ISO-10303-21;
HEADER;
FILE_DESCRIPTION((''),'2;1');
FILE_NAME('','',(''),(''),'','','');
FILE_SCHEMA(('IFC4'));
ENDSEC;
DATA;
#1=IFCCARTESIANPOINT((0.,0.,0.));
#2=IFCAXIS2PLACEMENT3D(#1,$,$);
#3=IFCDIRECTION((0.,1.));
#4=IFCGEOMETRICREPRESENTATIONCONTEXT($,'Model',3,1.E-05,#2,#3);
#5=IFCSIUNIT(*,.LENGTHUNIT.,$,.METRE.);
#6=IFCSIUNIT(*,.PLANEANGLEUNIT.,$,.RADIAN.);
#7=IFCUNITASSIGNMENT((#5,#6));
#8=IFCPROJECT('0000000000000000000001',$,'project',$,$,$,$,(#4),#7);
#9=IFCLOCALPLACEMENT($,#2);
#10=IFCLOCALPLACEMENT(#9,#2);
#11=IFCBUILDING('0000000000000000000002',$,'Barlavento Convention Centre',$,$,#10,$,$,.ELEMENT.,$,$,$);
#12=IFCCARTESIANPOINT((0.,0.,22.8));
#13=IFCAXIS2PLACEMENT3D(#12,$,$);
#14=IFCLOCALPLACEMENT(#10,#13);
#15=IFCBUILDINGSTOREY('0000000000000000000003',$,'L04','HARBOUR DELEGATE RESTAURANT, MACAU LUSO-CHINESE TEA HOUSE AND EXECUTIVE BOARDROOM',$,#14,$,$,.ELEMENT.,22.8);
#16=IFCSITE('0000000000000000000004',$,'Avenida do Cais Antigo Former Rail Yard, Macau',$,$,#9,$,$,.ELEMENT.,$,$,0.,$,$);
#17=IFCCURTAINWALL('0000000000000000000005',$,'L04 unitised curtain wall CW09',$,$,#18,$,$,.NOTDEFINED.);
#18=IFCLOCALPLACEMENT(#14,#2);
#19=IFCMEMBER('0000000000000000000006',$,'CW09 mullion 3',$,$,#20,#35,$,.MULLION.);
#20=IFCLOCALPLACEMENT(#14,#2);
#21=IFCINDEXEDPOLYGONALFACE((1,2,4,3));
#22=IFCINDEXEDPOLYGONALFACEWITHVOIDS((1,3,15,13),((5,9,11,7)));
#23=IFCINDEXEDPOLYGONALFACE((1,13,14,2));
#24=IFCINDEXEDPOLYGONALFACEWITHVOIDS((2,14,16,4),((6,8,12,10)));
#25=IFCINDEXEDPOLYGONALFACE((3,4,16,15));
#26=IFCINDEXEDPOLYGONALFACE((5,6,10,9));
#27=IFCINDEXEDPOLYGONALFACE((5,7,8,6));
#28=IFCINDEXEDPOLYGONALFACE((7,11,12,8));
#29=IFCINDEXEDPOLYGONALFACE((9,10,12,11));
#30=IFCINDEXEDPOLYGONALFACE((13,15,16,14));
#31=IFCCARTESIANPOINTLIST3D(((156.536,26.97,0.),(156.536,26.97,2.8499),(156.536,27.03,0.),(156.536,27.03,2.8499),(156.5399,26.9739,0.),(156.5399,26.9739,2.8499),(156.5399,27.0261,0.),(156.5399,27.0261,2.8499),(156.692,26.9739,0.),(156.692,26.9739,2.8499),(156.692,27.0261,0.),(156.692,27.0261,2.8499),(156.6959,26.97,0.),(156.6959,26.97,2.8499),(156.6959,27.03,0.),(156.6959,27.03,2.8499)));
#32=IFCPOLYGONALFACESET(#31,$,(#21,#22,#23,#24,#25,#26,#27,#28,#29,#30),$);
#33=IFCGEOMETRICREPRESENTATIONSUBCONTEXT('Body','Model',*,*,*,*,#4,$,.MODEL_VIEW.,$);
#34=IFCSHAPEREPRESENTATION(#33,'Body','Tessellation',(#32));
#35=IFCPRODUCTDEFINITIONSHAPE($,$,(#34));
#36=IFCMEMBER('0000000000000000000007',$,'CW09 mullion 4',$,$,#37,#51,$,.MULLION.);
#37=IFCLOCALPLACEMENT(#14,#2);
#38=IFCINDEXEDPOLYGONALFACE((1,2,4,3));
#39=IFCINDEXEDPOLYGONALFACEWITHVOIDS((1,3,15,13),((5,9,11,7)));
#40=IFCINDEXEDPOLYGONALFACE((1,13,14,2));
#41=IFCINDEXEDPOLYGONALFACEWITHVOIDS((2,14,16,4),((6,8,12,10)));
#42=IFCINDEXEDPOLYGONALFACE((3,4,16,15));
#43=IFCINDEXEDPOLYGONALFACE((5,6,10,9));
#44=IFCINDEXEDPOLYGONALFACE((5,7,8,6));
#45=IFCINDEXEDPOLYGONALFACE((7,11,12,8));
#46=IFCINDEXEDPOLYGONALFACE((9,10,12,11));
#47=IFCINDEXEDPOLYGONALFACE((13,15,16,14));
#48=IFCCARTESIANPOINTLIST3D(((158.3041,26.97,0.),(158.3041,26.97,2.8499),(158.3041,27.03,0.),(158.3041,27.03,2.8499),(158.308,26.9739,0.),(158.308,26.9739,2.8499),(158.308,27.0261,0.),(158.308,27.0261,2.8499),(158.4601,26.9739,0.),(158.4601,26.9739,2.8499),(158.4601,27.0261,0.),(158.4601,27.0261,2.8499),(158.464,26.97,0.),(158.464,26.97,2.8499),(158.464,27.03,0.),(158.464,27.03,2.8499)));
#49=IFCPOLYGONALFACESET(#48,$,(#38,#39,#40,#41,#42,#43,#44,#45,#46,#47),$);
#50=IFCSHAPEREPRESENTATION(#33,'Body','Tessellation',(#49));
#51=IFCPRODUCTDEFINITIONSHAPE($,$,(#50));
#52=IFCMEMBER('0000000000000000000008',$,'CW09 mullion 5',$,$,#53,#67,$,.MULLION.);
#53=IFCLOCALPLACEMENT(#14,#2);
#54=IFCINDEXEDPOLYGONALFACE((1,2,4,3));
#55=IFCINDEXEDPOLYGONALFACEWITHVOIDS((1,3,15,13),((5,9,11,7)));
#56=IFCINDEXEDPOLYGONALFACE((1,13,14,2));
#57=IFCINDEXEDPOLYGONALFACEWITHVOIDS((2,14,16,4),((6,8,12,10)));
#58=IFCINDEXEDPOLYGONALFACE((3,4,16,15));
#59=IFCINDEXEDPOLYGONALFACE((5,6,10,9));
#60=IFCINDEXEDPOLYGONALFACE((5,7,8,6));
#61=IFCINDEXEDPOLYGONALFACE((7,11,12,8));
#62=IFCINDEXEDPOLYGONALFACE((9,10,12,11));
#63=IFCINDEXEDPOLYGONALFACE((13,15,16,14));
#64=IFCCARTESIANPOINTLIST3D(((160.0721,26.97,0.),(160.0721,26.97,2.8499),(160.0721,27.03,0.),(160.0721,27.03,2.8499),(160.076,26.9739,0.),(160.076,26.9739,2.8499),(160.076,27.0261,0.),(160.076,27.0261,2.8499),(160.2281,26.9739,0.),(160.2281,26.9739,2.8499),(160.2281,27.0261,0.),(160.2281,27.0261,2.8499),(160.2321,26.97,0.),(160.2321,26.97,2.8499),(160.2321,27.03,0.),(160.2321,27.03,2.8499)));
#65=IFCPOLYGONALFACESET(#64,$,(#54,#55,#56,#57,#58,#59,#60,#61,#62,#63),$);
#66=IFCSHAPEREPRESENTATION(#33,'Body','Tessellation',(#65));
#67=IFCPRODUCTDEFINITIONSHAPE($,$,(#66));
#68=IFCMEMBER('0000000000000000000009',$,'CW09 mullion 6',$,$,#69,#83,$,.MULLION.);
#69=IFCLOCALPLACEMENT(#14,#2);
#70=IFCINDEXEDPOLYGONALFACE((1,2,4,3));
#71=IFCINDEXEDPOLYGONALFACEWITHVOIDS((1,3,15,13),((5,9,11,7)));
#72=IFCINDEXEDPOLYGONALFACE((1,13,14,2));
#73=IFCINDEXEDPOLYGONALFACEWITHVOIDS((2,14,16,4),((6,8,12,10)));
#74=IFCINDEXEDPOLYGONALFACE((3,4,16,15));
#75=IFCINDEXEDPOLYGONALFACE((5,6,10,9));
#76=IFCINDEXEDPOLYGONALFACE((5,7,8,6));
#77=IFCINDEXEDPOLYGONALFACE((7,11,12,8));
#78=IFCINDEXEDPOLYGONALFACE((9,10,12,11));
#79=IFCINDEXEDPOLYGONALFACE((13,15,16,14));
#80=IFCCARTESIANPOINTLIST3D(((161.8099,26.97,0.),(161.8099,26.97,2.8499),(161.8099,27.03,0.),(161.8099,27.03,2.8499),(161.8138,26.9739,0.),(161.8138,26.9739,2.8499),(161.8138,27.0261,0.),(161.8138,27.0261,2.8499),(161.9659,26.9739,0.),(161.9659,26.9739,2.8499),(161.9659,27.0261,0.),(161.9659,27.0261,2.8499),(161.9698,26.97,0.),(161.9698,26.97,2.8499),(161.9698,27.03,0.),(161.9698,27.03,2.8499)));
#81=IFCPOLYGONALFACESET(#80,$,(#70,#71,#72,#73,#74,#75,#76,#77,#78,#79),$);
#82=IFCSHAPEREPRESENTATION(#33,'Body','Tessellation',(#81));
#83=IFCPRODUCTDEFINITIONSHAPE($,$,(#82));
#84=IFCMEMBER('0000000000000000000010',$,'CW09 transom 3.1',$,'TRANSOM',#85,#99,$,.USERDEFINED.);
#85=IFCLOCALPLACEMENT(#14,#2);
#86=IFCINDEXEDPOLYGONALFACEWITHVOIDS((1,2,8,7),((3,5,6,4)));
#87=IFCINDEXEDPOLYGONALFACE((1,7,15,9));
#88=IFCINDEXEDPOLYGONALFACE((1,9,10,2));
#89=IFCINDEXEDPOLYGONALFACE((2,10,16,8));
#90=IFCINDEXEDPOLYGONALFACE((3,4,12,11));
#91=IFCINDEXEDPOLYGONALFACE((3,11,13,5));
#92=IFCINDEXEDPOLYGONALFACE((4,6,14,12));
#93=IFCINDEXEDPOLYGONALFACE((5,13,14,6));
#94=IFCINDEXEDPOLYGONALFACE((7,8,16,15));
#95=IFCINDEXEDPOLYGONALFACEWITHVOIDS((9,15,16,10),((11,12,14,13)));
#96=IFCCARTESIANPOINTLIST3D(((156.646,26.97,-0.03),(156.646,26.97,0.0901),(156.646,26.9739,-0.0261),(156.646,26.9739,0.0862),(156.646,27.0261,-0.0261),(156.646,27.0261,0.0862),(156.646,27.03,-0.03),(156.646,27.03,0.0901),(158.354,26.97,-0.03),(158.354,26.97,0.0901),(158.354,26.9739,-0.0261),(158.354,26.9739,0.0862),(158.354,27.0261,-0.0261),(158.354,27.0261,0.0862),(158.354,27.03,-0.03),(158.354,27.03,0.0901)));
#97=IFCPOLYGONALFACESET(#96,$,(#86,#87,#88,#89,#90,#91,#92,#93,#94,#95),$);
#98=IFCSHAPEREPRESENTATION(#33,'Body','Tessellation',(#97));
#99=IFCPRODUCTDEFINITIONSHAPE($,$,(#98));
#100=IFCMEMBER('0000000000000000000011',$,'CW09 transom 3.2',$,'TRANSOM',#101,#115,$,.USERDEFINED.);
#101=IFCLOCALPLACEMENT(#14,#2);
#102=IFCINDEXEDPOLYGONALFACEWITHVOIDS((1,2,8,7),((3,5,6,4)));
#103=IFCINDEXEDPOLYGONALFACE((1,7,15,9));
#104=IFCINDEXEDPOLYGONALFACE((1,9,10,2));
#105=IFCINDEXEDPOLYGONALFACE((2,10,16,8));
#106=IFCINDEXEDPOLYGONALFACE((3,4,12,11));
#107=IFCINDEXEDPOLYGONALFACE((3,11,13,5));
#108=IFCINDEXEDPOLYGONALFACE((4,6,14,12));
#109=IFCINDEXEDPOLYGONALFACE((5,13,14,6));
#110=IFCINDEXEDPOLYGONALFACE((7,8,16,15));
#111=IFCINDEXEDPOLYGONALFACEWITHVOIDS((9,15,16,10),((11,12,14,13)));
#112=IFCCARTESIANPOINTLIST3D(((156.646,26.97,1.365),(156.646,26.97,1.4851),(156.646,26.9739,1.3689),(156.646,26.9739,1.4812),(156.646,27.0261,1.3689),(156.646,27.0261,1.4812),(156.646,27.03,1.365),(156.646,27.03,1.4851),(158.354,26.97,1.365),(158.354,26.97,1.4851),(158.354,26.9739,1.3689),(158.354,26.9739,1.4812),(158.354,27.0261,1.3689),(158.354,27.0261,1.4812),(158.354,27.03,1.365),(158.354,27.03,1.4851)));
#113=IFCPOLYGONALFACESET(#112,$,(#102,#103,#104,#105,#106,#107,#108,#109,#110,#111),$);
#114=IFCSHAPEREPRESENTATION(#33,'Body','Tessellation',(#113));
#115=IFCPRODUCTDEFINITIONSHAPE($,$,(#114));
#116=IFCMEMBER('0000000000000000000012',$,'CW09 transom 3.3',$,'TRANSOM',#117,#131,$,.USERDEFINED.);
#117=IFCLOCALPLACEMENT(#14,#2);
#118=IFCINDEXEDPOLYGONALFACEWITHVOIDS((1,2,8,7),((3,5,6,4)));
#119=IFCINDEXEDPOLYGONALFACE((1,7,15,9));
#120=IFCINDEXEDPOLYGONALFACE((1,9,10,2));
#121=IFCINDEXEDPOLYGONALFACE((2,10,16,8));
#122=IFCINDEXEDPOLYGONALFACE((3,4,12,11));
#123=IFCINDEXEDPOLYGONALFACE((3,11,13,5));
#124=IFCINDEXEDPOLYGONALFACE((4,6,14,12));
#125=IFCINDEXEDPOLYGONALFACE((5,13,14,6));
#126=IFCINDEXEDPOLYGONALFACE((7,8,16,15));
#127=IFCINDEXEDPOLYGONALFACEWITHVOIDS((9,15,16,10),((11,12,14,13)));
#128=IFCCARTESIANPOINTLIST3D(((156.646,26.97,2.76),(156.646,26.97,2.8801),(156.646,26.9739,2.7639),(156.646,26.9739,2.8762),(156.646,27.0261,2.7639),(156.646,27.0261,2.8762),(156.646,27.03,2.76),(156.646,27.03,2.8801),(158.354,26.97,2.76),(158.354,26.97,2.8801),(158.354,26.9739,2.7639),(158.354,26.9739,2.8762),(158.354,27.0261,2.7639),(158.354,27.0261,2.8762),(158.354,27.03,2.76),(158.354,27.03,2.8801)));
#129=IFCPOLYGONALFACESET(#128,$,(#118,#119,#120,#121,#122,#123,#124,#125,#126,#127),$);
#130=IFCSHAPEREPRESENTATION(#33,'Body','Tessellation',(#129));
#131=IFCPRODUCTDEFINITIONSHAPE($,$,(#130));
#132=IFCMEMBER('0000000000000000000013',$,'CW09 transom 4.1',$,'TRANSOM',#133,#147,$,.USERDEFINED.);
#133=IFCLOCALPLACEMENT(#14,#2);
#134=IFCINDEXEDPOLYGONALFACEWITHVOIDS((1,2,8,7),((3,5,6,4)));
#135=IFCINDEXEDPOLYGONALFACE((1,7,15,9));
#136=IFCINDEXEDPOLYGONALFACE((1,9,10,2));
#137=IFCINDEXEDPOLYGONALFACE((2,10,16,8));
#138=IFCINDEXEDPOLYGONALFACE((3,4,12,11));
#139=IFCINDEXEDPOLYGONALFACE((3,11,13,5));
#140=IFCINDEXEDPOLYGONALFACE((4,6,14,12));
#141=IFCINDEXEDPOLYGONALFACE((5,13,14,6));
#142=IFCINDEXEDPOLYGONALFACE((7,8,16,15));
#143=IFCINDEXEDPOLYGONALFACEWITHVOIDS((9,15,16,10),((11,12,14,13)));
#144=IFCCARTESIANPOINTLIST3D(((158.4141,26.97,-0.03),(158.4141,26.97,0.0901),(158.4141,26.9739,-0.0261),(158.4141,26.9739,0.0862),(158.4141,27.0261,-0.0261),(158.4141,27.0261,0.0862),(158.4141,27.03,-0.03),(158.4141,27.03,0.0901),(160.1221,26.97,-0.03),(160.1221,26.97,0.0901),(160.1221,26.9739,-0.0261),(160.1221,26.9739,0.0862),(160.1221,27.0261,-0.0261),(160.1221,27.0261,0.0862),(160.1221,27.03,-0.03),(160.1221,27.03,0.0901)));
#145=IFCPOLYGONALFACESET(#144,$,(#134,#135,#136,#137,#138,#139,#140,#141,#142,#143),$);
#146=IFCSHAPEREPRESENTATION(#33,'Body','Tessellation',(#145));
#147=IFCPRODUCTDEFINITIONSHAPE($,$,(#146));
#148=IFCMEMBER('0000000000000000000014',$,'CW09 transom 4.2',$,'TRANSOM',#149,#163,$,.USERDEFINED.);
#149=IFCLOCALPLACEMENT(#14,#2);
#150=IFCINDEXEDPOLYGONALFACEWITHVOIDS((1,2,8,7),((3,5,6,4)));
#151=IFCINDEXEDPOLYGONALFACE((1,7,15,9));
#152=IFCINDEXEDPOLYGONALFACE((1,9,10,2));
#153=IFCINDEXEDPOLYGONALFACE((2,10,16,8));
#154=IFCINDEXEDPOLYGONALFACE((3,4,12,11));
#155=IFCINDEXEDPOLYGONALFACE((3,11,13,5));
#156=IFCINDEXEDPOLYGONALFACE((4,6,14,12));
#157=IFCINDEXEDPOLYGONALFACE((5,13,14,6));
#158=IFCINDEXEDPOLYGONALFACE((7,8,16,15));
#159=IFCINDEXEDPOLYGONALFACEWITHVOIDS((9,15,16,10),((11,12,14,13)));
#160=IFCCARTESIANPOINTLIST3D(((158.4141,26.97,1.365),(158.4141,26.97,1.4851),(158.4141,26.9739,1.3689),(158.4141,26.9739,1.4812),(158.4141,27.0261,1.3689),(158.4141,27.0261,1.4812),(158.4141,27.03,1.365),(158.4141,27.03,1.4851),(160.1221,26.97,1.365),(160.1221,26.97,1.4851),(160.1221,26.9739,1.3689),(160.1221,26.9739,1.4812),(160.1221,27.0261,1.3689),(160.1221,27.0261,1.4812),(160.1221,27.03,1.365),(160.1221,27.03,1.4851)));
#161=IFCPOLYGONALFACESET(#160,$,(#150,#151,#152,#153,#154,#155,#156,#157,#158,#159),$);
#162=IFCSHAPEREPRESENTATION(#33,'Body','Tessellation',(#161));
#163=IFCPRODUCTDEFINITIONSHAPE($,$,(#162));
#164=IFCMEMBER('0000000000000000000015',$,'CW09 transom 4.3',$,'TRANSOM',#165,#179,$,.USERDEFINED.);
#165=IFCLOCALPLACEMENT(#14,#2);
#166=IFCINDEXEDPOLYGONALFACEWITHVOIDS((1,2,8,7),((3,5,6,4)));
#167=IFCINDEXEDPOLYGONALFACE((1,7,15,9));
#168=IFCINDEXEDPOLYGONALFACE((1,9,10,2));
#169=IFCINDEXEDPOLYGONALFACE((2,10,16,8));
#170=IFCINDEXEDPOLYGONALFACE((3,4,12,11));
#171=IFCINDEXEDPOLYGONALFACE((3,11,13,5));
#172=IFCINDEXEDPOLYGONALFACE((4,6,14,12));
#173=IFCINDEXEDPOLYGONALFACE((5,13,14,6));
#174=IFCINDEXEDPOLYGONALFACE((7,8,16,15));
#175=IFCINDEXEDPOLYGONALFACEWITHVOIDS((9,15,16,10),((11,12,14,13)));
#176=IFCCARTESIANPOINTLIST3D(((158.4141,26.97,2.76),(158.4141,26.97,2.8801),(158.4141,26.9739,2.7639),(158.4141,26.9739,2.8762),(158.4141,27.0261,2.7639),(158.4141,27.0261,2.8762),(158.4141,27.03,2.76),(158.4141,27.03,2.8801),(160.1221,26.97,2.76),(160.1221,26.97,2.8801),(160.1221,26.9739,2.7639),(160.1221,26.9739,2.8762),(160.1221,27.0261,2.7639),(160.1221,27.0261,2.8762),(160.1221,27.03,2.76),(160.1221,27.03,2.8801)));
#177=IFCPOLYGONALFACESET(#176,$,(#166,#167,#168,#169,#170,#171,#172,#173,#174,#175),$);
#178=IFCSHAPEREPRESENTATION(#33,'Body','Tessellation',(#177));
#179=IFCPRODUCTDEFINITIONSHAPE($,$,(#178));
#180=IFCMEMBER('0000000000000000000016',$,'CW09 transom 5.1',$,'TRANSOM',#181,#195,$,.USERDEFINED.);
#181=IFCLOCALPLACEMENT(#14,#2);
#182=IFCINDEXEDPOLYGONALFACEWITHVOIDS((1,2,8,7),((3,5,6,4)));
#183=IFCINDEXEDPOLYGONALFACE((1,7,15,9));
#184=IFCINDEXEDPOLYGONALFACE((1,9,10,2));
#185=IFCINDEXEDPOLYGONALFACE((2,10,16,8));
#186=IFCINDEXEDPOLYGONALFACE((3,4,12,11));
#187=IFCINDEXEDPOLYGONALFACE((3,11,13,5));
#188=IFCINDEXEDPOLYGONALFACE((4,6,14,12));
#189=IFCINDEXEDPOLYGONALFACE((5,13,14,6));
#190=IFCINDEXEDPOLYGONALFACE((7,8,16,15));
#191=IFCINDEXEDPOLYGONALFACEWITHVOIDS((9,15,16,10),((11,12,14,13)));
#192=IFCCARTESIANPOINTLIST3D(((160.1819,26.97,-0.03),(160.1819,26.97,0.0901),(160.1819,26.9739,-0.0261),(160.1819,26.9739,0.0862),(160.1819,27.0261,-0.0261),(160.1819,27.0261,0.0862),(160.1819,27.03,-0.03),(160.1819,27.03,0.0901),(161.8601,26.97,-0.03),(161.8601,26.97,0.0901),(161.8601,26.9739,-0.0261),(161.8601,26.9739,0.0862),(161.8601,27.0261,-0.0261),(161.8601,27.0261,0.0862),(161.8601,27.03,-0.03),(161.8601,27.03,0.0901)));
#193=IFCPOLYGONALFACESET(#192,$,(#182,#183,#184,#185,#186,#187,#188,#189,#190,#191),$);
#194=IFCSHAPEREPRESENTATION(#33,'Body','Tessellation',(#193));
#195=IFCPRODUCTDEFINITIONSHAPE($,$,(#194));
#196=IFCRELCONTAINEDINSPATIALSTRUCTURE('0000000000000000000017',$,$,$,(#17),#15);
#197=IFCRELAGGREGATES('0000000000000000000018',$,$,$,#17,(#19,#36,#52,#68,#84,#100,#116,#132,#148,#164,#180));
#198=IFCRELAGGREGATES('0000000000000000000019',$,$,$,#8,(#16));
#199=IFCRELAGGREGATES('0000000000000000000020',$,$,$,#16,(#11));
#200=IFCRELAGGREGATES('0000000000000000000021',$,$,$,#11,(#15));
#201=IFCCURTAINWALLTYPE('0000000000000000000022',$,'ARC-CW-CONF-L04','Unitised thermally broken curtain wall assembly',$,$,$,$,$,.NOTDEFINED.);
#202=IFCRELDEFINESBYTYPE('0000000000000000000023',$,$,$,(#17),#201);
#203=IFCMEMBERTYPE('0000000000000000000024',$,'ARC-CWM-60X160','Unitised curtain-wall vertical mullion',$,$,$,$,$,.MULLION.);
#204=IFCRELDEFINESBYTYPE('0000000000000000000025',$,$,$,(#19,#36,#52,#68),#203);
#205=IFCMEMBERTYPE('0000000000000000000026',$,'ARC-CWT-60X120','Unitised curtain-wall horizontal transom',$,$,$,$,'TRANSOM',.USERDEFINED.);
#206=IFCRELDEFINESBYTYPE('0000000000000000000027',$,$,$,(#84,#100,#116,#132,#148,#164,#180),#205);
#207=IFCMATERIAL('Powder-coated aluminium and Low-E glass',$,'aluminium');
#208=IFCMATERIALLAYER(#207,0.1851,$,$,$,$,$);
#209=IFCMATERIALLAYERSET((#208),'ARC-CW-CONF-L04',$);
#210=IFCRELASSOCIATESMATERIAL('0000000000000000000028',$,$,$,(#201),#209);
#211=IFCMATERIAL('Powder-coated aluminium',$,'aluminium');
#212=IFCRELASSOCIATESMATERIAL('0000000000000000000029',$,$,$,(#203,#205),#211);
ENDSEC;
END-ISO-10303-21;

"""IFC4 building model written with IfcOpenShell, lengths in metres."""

from ifc_helpers import new_model, si_unit, direction, frame, origin, origin_2d, place, context, subcontext, project, spatial, hollow_rectangle, extrude, material, layer, layer_set, material_profile, profile_set, type_object, element, aggregate, save


model = new_model("IFC4")

# Units and contexts
model_context = context("Model", 3, precision=1e-05, world=origin(), true_north=direction((0.0, 1.0)))
body_context = subcontext(model_context, "Body", "Model", "MODEL_VIEW")
ifc_project = project(units=[si_unit("LENGTHUNIT", "METRE"), si_unit("PLANEANGLEUNIT", "RADIAN")], contexts=[model_context])

# Site, building, storey
site_placement = place(None, origin())
site = spatial("IfcSite", under=ifc_project, at=site_placement, Name="Avenida do Cais Antigo Former Rail Yard, Macau", CompositionType="ELEMENT", RefElevation=0.0)
building_placement = place(site_placement, origin())
building = spatial("IfcBuilding", under=site, at=building_placement, Name="Barlavento Convention Centre", CompositionType="ELEMENT")
storey_placement = place(building_placement, frame((0.0, 0.0, 22.8)))
storey = spatial("IfcBuildingStorey", under=building, at=storey_placement, Name="L04", Description="HARBOUR DELEGATE RESTAURANT, MACAU LUSO-CHINESE TEA HOUSE AND EXECUTIVE BOARDROOM", CompositionType="ELEMENT", Elevation=22.8)

# Curtain wall, members
ifc_material_1 = material(Name="Powder-coated aluminium and Low-E glass", Category="aluminium")
ifc_layer_1 = layer(ifc_material_1, 0.1851)
ifc_layer_set_1 = layer_set([ifc_layer_1], Name="ARC-CW-CONF-L04")
curtain_wall_type = type_object("IfcCurtainWallType", Name="ARC-CW-CONF-L04", Description="Unitised thermally broken curtain wall assembly", PredefinedType="NOTDEFINED", material=ifc_layer_set_1)
curtain_wall_placement = place(storey_placement, origin())
curtain_wall = element("IfcCurtainWall", 1, at=curtain_wall_placement, inside=storey, type_object=curtain_wall_type, Name="L04 unitised curtain wall CW09", PredefinedType="NOTDEFINED")
ifc_material_2 = material(Name="Powder-coated aluminium", Category="aluminium")
ifc_material_profile_1 = material_profile(ifc_material_2, hollow_rectangle(XDim=0.0601, YDim=0.1599, WallThickness=0.0039, at=origin_2d()), Name="AL-MULL 60x160x4")
ifc_profile_set_1 = profile_set([ifc_material_profile_1], Name="Powder-coated aluminium")
member_type_1 = type_object("IfcMemberType", Name="ARC-CWM-60X160", Description="Unitised curtain-wall vertical mullion", PredefinedType="MULLION", material=ifc_profile_set_1)
member_1_placement = place(storey_placement, frame((156.616, 27.0, 0.0), z_axis=(0.0, 0.0, 1.0), x_axis=(0.0, 1.0, 0.0)))
member_1 = element("IfcMember", 2, at=member_1_placement, type_object=member_type_1, Name="CW09 mullion 3", PredefinedType="MULLION", context=body_context, shape_type="SweptSolid", body=[
    extrude(hollow_rectangle(XDim=0.0601, YDim=0.1599, WallThickness=0.0039, at=origin_2d()), origin(), (0.0, 0.0, 1.0), 2.8499),
])
member_2_placement = place(storey_placement, frame((158.384, 27.0, 0.0), z_axis=(0.0, 0.0, 1.0), x_axis=(0.0, 1.0, 0.0)))
member_2 = element("IfcMember", 3, at=member_2_placement, type_object=member_type_1, Name="CW09 mullion 4", PredefinedType="MULLION", context=body_context, shape_type="SweptSolid", body=[
    extrude(hollow_rectangle(XDim=0.0601, YDim=0.1599, WallThickness=0.0039, at=origin_2d()), origin(), (0.0, 0.0, 1.0), 2.8499),
])
member_3_placement = place(storey_placement, frame((160.1521, 27.0, 0.0), z_axis=(0.0, 0.0, 1.0), x_axis=(0.0, 1.0, 0.0)))
member_3 = element("IfcMember", 4, at=member_3_placement, type_object=member_type_1, Name="CW09 mullion 5", PredefinedType="MULLION", context=body_context, shape_type="SweptSolid", body=[
    extrude(hollow_rectangle(XDim=0.0601, YDim=0.1599, WallThickness=0.0039, at=origin_2d()), origin(), (0.0, 0.0, 1.0), 2.8499),
])
member_4_placement = place(storey_placement, frame((161.8899, 27.0, 0.0), z_axis=(0.0, 0.0, 1.0), x_axis=(0.0, 1.0, 0.0)))
member_4 = element("IfcMember", 5, at=member_4_placement, type_object=member_type_1, Name="CW09 mullion 6", PredefinedType="MULLION", context=body_context, shape_type="SweptSolid", body=[
    extrude(hollow_rectangle(XDim=0.0601, YDim=0.1599, WallThickness=0.0039, at=origin_2d()), origin(), (0.0, 0.0, 1.0), 2.8499),
])
ifc_material_profile_2 = material_profile(ifc_material_2, hollow_rectangle(XDim=0.0601, YDim=0.1201, WallThickness=0.0039, at=origin_2d()), Name="AL-TRAN 60x120x4")
ifc_profile_set_2 = profile_set([ifc_material_profile_2], Name="Powder-coated aluminium")
member_type_2 = type_object("IfcMemberType", Name="ARC-CWT-60X120", Description="Unitised curtain-wall horizontal transom", ElementType="TRANSOM", PredefinedType="USERDEFINED", material=ifc_profile_set_2)
member_5_placement = place(storey_placement, frame((156.646, 27.0, 0.03), z_axis=(1.0, 0.0, 0.0), x_axis=(0.0, 1.0, 0.0)))
member_5 = element("IfcMember", 6, at=member_5_placement, type_object=member_type_2, Name="CW09 transom 3.1", ObjectType="TRANSOM", PredefinedType="USERDEFINED", context=body_context, shape_type="SweptSolid", body=[
    extrude(hollow_rectangle(XDim=0.0601, YDim=0.1201, WallThickness=0.0039, at=origin_2d()), origin(), (0.0, 0.0, 1.0), 1.708),
])
member_6_placement = place(storey_placement, frame((156.646, 27.0, 1.425), z_axis=(1.0, 0.0, 0.0), x_axis=(0.0, 1.0, 0.0)))
member_6 = element("IfcMember", 7, at=member_6_placement, type_object=member_type_2, Name="CW09 transom 3.2", ObjectType="TRANSOM", PredefinedType="USERDEFINED", context=body_context, shape_type="SweptSolid", body=[
    extrude(hollow_rectangle(XDim=0.0601, YDim=0.1201, WallThickness=0.0039, at=origin_2d()), origin(), (0.0, 0.0, 1.0), 1.708),
])
member_7_placement = place(storey_placement, frame((156.646, 27.0, 2.8201), z_axis=(1.0, 0.0, 0.0), x_axis=(0.0, 1.0, 0.0)))
member_7 = element("IfcMember", 8, at=member_7_placement, type_object=member_type_2, Name="CW09 transom 3.3", ObjectType="TRANSOM", PredefinedType="USERDEFINED", context=body_context, shape_type="SweptSolid", body=[
    extrude(hollow_rectangle(XDim=0.0601, YDim=0.1201, WallThickness=0.0039, at=origin_2d()), origin(), (0.0, 0.0, 1.0), 1.708),
])
member_8_placement = place(storey_placement, frame((158.4141, 27.0, 0.03), z_axis=(1.0, 0.0, 0.0), x_axis=(0.0, 1.0, 0.0)))
member_8 = element("IfcMember", 9, at=member_8_placement, type_object=member_type_2, Name="CW09 transom 4.1", ObjectType="TRANSOM", PredefinedType="USERDEFINED", context=body_context, shape_type="SweptSolid", body=[
    extrude(hollow_rectangle(XDim=0.0601, YDim=0.1201, WallThickness=0.0039, at=origin_2d()), origin(), (0.0, 0.0, 1.0), 1.708),
])
member_9_placement = place(storey_placement, frame((158.4141, 27.0, 1.425), z_axis=(1.0, 0.0, 0.0), x_axis=(0.0, 1.0, 0.0)))
member_9 = element("IfcMember", 10, at=member_9_placement, type_object=member_type_2, Name="CW09 transom 4.2", ObjectType="TRANSOM", PredefinedType="USERDEFINED", context=body_context, shape_type="SweptSolid", body=[
    extrude(hollow_rectangle(XDim=0.0601, YDim=0.1201, WallThickness=0.0039, at=origin_2d()), origin(), (0.0, 0.0, 1.0), 1.708),
])
member_10_placement = place(storey_placement, frame((158.4141, 27.0, 2.8201), z_axis=(1.0, 0.0, 0.0), x_axis=(0.0, 1.0, 0.0)))
member_10 = element("IfcMember", 11, at=member_10_placement, type_object=member_type_2, Name="CW09 transom 4.3", ObjectType="TRANSOM", PredefinedType="USERDEFINED", context=body_context, shape_type="SweptSolid", body=[
    extrude(hollow_rectangle(XDim=0.0601, YDim=0.1201, WallThickness=0.0039, at=origin_2d()), origin(), (0.0, 0.0, 1.0), 1.708),
])
member_11_placement = place(storey_placement, frame((160.1819, 27.0, 0.03), z_axis=(1.0, 0.0, 0.0), x_axis=(0.0, 1.0, 0.0)))
member_11 = element("IfcMember", 12, at=member_11_placement, type_object=member_type_2, Name="CW09 transom 5.1", ObjectType="TRANSOM", PredefinedType="USERDEFINED", context=body_context, shape_type="SweptSolid", body=[
    extrude(hollow_rectangle(XDim=0.0601, YDim=0.1201, WallThickness=0.0039, at=origin_2d()), origin(), (0.0, 0.0, 1.0), 1.6782),
])
aggregate(curtain_wall, [member_1, member_2, member_3, member_4, member_5, member_6, member_7, member_8, member_9, member_10, member_11])

save(model, "model.ifc")
